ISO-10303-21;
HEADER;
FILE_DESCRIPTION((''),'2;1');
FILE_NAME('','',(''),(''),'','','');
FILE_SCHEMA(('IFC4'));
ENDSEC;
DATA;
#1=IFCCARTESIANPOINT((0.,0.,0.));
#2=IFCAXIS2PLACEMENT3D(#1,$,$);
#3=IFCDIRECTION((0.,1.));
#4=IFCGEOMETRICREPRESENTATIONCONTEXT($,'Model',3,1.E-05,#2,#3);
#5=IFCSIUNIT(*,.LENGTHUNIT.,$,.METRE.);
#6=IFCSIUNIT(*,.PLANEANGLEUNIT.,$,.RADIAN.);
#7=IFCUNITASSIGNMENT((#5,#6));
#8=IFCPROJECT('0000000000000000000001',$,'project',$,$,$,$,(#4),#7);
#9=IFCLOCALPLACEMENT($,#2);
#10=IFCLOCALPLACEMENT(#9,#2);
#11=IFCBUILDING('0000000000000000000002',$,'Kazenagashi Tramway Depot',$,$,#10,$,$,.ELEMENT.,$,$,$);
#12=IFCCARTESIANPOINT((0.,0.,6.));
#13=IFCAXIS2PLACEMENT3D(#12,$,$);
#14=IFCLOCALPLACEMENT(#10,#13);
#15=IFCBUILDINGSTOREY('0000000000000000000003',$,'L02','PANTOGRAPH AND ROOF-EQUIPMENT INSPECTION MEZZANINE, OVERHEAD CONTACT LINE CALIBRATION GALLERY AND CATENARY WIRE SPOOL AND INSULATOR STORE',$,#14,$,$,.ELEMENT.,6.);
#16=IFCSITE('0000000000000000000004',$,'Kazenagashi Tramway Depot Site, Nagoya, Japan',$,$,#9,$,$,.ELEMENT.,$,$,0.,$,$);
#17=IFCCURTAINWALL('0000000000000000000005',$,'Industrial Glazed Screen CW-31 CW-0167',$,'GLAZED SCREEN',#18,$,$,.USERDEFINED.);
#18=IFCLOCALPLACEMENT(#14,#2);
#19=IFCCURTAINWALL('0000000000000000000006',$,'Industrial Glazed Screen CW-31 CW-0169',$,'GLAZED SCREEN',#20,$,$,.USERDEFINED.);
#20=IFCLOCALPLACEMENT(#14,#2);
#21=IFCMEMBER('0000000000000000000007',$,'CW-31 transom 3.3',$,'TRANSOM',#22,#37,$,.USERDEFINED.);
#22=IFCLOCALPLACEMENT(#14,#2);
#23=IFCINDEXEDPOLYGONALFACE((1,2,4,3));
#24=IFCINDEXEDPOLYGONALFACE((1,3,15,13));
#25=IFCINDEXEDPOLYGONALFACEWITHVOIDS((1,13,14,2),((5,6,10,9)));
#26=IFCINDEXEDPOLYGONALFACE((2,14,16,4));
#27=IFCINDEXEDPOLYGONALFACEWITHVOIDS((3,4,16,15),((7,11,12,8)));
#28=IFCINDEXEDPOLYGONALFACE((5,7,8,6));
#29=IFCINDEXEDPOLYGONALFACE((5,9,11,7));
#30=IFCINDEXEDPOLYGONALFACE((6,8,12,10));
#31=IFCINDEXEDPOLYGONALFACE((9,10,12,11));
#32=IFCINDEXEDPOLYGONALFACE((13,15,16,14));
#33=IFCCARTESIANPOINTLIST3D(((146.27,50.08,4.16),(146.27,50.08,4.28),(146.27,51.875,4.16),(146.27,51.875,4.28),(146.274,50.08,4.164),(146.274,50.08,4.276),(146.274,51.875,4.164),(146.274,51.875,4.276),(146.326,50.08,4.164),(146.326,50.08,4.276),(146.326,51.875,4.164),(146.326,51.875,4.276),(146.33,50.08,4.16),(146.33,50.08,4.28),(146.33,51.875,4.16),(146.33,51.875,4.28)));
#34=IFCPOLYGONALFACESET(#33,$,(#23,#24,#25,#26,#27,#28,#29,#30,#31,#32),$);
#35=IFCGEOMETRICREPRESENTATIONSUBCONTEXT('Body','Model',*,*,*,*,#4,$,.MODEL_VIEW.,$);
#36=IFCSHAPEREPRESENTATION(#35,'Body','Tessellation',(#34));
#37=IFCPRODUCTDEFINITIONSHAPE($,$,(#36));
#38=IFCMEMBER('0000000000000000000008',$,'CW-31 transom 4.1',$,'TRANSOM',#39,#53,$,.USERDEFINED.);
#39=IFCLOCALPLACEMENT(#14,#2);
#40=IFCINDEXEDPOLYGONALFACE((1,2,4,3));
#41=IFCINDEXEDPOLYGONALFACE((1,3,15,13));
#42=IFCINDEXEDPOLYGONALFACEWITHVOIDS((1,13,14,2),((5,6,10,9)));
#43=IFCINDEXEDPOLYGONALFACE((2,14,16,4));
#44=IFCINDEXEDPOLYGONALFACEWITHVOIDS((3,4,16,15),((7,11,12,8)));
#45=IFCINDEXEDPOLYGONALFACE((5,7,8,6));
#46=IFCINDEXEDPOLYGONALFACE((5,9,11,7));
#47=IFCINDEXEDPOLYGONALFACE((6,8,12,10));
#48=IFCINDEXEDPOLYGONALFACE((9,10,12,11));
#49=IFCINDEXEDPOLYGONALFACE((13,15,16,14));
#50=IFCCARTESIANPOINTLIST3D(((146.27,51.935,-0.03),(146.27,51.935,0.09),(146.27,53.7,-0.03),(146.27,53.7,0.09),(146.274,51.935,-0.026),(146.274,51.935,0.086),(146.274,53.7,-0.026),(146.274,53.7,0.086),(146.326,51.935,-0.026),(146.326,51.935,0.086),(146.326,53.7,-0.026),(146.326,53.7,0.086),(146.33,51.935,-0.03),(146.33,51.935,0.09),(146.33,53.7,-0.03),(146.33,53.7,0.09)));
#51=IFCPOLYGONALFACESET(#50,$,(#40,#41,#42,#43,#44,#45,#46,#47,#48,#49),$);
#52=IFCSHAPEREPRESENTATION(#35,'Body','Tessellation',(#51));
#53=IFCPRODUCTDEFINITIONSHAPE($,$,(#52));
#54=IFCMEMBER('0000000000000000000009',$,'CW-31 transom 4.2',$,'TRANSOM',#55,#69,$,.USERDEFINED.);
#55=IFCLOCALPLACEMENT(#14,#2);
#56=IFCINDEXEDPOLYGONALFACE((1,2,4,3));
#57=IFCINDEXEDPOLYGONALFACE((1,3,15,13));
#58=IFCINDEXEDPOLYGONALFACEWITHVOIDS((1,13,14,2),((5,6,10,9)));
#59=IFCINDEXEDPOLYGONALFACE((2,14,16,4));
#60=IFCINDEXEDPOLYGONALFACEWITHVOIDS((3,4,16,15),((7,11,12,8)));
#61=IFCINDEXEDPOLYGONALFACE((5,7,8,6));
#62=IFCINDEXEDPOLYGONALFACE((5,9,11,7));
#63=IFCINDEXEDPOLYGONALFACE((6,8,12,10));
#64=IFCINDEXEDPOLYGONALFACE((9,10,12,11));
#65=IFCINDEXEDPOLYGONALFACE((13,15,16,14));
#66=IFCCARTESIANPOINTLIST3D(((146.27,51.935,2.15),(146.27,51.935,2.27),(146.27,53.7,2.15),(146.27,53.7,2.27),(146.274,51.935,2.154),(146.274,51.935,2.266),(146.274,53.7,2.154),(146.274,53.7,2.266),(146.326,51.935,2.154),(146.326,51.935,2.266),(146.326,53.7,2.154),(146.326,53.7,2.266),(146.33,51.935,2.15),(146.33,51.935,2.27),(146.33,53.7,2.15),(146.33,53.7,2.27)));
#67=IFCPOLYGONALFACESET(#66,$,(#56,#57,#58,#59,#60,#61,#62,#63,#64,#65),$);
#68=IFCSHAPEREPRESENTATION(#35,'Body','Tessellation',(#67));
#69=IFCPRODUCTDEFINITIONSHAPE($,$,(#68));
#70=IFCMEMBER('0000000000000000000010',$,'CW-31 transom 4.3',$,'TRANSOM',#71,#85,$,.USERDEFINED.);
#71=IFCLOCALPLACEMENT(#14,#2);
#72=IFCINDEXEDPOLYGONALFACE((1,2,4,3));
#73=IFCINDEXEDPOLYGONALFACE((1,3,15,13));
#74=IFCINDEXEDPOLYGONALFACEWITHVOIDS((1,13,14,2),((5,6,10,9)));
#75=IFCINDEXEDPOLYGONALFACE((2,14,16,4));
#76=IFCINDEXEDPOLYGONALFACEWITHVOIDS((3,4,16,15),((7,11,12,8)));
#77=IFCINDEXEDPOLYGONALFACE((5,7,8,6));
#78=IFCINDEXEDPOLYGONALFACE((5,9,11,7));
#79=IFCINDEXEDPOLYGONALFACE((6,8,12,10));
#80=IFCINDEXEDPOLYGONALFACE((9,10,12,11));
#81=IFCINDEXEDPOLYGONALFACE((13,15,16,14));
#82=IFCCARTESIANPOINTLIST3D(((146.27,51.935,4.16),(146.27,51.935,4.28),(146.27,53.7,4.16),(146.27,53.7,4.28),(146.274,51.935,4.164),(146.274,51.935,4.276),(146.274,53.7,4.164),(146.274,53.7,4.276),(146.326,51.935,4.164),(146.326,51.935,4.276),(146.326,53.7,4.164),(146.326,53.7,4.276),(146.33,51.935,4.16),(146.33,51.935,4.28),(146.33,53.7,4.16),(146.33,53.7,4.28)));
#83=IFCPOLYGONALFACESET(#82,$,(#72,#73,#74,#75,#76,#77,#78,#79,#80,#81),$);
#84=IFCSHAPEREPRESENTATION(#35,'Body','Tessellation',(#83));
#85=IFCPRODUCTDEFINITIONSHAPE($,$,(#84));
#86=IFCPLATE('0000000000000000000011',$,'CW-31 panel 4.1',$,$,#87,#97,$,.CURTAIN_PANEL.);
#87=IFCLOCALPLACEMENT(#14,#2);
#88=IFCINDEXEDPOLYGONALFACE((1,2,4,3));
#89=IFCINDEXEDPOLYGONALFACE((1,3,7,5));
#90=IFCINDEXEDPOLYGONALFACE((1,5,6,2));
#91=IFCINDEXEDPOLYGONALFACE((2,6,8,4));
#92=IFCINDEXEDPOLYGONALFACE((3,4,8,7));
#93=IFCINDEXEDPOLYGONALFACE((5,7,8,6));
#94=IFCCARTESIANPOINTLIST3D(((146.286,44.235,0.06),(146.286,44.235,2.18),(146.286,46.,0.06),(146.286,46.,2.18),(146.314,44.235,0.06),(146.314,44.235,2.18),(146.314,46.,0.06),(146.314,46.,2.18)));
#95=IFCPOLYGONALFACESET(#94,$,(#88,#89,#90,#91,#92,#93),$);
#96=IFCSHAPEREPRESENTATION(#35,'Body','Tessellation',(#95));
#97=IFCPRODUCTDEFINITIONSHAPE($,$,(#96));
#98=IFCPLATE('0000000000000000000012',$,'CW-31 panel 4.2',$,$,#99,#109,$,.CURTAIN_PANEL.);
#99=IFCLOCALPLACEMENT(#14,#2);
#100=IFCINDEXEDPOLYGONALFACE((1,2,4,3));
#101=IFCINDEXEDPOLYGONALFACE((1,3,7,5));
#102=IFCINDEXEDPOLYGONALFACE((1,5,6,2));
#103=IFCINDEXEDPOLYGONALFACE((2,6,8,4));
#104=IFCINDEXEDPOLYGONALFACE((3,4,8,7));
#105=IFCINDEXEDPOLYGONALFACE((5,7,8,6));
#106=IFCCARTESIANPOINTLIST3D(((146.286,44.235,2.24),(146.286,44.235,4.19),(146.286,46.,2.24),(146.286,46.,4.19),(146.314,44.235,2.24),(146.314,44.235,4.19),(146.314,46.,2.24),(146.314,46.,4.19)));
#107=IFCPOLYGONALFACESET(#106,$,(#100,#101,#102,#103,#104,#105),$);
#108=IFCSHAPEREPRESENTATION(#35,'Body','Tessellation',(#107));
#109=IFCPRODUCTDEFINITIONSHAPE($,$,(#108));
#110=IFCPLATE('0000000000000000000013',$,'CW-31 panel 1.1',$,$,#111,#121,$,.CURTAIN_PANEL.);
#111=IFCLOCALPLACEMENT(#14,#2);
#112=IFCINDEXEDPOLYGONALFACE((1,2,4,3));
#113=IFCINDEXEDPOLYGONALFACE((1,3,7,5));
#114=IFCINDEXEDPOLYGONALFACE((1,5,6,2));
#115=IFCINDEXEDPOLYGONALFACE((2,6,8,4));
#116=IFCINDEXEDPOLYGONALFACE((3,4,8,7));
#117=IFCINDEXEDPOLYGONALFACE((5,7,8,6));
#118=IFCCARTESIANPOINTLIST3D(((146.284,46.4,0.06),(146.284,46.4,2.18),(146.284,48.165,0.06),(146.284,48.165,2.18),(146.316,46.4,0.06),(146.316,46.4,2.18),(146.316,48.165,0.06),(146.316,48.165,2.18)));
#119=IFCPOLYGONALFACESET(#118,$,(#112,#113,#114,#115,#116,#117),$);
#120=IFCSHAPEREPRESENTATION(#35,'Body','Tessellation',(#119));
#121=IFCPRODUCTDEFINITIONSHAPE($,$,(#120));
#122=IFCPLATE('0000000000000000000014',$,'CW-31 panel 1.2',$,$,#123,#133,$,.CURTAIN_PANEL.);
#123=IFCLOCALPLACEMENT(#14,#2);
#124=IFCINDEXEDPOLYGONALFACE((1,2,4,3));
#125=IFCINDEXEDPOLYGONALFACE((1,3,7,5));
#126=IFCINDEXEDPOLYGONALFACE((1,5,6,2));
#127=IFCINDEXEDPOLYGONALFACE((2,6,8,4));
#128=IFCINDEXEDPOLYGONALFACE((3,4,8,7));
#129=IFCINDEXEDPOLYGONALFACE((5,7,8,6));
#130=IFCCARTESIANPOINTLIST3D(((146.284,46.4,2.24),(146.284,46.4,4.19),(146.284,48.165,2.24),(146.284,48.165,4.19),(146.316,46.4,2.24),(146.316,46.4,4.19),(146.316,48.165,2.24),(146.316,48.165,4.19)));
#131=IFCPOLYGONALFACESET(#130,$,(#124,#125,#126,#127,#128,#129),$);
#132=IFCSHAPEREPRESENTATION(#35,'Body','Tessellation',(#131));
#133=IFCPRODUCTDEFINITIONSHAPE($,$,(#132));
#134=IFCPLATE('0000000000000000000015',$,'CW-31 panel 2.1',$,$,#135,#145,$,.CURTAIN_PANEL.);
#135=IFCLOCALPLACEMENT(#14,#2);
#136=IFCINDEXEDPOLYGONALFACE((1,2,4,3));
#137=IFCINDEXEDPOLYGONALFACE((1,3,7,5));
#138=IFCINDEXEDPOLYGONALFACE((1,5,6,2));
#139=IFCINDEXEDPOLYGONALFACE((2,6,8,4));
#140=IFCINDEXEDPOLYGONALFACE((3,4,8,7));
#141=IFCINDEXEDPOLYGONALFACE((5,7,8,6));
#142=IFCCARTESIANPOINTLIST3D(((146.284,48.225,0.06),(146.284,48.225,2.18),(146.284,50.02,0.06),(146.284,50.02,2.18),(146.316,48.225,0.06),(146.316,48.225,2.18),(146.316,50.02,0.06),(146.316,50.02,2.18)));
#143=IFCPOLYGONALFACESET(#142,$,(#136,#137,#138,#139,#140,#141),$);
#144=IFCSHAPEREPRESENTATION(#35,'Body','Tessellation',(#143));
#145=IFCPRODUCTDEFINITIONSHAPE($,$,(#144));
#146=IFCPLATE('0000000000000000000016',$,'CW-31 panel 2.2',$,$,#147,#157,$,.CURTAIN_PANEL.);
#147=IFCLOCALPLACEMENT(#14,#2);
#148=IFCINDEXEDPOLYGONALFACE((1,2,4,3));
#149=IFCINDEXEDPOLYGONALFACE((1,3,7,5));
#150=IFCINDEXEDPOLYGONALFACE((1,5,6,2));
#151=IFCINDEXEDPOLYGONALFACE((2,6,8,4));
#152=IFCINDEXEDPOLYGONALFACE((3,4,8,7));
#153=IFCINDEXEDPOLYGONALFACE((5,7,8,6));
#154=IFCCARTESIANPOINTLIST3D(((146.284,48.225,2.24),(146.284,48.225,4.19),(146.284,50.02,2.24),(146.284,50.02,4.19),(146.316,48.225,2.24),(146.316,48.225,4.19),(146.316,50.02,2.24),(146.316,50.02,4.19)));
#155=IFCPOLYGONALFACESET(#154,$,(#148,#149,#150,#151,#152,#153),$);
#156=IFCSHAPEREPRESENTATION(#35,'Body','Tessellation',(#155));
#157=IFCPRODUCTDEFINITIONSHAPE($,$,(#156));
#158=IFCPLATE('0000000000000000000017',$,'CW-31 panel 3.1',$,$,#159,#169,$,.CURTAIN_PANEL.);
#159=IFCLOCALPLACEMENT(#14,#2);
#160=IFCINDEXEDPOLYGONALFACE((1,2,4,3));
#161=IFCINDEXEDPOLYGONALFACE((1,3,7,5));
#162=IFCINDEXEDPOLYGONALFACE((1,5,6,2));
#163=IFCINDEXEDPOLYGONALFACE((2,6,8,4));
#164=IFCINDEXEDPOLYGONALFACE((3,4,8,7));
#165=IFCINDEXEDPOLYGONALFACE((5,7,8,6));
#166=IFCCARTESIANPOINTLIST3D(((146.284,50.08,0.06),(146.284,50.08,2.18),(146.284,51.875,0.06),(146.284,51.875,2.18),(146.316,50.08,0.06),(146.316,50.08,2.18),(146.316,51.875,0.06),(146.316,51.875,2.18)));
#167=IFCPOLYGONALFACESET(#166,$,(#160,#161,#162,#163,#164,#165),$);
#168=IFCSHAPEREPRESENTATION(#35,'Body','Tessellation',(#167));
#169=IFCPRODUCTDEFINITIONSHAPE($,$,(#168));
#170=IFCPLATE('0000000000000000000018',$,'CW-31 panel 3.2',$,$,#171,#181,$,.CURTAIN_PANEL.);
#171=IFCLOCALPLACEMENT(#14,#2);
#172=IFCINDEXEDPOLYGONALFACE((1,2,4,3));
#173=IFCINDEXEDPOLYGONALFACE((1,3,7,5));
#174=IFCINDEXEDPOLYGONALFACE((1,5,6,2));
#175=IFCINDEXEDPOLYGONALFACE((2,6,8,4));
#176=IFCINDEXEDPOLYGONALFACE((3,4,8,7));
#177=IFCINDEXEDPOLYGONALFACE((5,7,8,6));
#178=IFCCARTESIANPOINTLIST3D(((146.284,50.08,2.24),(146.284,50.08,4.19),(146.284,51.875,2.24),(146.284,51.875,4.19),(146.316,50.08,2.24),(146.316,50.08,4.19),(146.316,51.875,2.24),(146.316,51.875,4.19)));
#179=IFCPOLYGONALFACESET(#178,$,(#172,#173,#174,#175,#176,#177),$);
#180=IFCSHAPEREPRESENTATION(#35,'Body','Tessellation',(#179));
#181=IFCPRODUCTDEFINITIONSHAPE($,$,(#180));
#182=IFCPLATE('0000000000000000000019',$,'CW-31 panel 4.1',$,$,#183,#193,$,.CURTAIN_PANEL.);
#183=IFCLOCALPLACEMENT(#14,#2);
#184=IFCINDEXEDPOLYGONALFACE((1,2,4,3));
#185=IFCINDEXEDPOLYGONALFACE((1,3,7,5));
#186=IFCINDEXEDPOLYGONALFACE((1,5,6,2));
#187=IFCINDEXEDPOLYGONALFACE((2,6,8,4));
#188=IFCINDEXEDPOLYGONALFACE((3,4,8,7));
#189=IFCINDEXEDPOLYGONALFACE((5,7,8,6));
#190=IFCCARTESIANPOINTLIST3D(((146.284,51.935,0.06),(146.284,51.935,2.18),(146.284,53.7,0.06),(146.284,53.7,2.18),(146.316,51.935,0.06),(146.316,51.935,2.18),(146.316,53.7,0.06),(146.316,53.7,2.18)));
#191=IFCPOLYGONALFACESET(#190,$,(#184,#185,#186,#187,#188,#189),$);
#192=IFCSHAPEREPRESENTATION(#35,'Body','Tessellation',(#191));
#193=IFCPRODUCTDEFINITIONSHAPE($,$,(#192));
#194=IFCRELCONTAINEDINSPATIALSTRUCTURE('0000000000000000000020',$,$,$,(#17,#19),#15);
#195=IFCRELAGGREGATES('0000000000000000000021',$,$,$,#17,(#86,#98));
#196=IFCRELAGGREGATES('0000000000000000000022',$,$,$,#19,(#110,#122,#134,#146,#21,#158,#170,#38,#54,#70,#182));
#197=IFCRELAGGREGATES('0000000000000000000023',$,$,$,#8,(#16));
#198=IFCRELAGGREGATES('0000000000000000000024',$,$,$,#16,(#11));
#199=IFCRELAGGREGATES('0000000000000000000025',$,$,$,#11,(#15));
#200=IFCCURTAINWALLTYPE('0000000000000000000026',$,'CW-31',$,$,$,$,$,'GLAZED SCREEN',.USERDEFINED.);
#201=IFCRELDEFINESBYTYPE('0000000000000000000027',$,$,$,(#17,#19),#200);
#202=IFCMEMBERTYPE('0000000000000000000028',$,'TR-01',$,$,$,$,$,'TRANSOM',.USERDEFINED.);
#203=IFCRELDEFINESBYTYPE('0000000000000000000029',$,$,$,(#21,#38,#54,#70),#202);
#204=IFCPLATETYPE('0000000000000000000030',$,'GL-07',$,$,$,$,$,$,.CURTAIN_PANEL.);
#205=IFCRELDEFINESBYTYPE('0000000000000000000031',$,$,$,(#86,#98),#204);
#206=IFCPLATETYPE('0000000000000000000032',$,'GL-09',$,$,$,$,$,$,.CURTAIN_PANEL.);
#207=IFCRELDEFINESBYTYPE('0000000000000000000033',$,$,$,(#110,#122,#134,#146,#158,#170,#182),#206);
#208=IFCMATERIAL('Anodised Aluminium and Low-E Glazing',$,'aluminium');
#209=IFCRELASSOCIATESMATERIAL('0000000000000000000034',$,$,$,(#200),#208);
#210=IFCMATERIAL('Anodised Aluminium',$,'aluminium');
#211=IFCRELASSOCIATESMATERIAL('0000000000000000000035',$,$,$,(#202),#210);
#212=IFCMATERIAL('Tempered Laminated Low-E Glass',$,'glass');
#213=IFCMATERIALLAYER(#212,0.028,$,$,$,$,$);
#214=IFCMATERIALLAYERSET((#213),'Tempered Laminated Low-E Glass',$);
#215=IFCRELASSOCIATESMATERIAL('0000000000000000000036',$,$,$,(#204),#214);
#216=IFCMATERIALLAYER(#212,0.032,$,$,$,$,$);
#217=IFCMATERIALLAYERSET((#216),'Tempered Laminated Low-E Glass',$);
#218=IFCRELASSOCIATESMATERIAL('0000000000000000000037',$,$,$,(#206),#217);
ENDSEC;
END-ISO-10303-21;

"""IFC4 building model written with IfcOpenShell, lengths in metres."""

from ifc_helpers import new_model, si_unit, direction, frame, origin, origin_2d, place, context, subcontext, project, spatial, rectangle, hollow_rectangle, extrude, material, layer, layer_set, material_profile, profile_set, type_object, element, aggregate, save


model = new_model("IFC4")

# Units and contexts
model_context = context("Model", 3, precision=1e-05, world=origin(), true_north=direction((0.0, 1.0)))
body_context = subcontext(model_context, "Body", "Model", "MODEL_VIEW")
ifc_project = project(units=[si_unit("LENGTHUNIT", "METRE"), si_unit("PLANEANGLEUNIT", "RADIAN")], contexts=[model_context])

# Site, building, storey
site_placement = place(None, origin())
site = spatial("IfcSite", under=ifc_project, at=site_placement, Name="Kazenagashi Tramway Depot Site, Nagoya, Japan", CompositionType="ELEMENT", RefElevation=0.0)
building_placement = place(site_placement, origin())
building = spatial("IfcBuilding", under=site, at=building_placement, Name="Kazenagashi Tramway Depot", CompositionType="ELEMENT")
storey_placement = place(building_placement, frame((0.0, 0.0, 6.0)))
storey = spatial("IfcBuildingStorey", under=building, at=storey_placement, Name="L02", Description="PANTOGRAPH AND ROOF-EQUIPMENT INSPECTION MEZZANINE, OVERHEAD CONTACT LINE CALIBRATION GALLERY AND CATENARY WIRE SPOOL AND INSULATOR STORE", CompositionType="ELEMENT", Elevation=6.0)

# Curtain wall
ifc_material_1 = material(Name="Anodised Aluminium and Low-E Glazing", Category="aluminium")
curtain_wall_type = type_object("IfcCurtainWallType", Name="CW-31", ElementType="GLAZED SCREEN", PredefinedType="USERDEFINED", material=ifc_material_1)
curtain_wall_1_placement = place(storey_placement, origin())
curtain_wall_1 = element("IfcCurtainWall", 1, at=curtain_wall_1_placement, inside=storey, type_object=curtain_wall_type, Name="Industrial Glazed Screen CW-31 CW-0167", ObjectType="GLAZED SCREEN", PredefinedType="USERDEFINED")
ifc_material_2 = material(Name="Anodised Aluminium", Category="aluminium")

# Curtain wall
curtain_wall_2_placement = place(storey_placement, origin())
curtain_wall_2 = element("IfcCurtainWall", 2, at=curtain_wall_2_placement, inside=storey, type_object=curtain_wall_type, Name="Industrial Glazed Screen CW-31 CW-0169", ObjectType="GLAZED SCREEN", PredefinedType="USERDEFINED")

# Members
ifc_material_profile_1 = material_profile(ifc_material_2, hollow_rectangle(XDim=0.06, YDim=0.12, WallThickness=0.004, at=origin_2d()), Name="RHS-120x60x4")
ifc_profile_set_1 = profile_set([ifc_material_profile_1], Name="Anodised Aluminium")
member_type_1 = type_object("IfcMemberType", Name="TR-01", ElementType="TRANSOM", PredefinedType="USERDEFINED", material=ifc_profile_set_1)
member_1_placement = place(storey_placement, frame((146.3, 50.08, 4.22), z_axis=(0.0, 1.0, 0.0), x_axis=(-1.0, 0.0, 0.0)))
member_1 = element("IfcMember", 3, at=member_1_placement, type_object=member_type_1, Name="CW-31 transom 3.3", ObjectType="TRANSOM", PredefinedType="USERDEFINED", context=body_context, shape_type="SweptSolid", body=[
    extrude(hollow_rectangle(XDim=0.06, YDim=0.12, WallThickness=0.004, at=origin_2d()), origin(), (0.0, 0.0, 1.0), 1.795),
])
member_2_placement = place(storey_placement, frame((146.3, 51.935, 0.03), z_axis=(0.0, 1.0, 0.0), x_axis=(-1.0, 0.0, 0.0)))
member_2 = element("IfcMember", 4, at=member_2_placement, type_object=member_type_1, Name="CW-31 transom 4.1", ObjectType="TRANSOM", PredefinedType="USERDEFINED", context=body_context, shape_type="SweptSolid", body=[
    extrude(hollow_rectangle(XDim=0.06, YDim=0.12, WallThickness=0.004, at=origin_2d()), origin(), (0.0, 0.0, 1.0), 1.765),
])
member_3_placement = place(storey_placement, frame((146.3, 51.935, 2.21), z_axis=(0.0, 1.0, 0.0), x_axis=(-1.0, 0.0, 0.0)))
member_3 = element("IfcMember", 5, at=member_3_placement, type_object=member_type_1, Name="CW-31 transom 4.2", ObjectType="TRANSOM", PredefinedType="USERDEFINED", context=body_context, shape_type="SweptSolid", body=[
    extrude(hollow_rectangle(XDim=0.06, YDim=0.12, WallThickness=0.004, at=origin_2d()), origin(), (0.0, 0.0, 1.0), 1.765),
])
member_4_placement = place(storey_placement, frame((146.3, 51.935, 4.22), z_axis=(0.0, 1.0, 0.0), x_axis=(-1.0, 0.0, 0.0)))
member_4 = element("IfcMember", 6, at=member_4_placement, type_object=member_type_1, Name="CW-31 transom 4.3", ObjectType="TRANSOM", PredefinedType="USERDEFINED", context=body_context, shape_type="SweptSolid", body=[
    extrude(hollow_rectangle(XDim=0.06, YDim=0.12, WallThickness=0.004, at=origin_2d()), origin(), (0.0, 0.0, 1.0), 1.765),
])

# Plates
ifc_material_3 = material(Name="Tempered Laminated Low-E Glass", Category="glass")
ifc_layer_1 = layer(ifc_material_3, 0.028)
ifc_layer_set_1 = layer_set([ifc_layer_1], Name="Tempered Laminated Low-E Glass")
plate_type_1 = type_object("IfcPlateType", Name="GL-07", PredefinedType="CURTAIN_PANEL", material=ifc_layer_set_1)
plate_1_placement = place(storey_placement, frame((146.3, 45.1175, 0.06), z_axis=(0.0, 0.0, 1.0), x_axis=(0.0, 1.0, 0.0)))
plate_1 = element("IfcPlate", 7, at=plate_1_placement, type_object=plate_type_1, Name="CW-31 panel 4.1", PredefinedType="CURTAIN_PANEL", context=body_context, shape_type="SweptSolid", body=[
    extrude(rectangle(XDim=1.765, YDim=0.028, at=origin_2d()), origin(), (0.0, 0.0, 1.0), 2.12),
])
plate_2_placement = place(storey_placement, frame((146.3, 45.1175, 2.24), z_axis=(0.0, 0.0, 1.0), x_axis=(0.0, 1.0, 0.0)))
plate_2 = element("IfcPlate", 8, at=plate_2_placement, type_object=plate_type_1, Name="CW-31 panel 4.2", PredefinedType="CURTAIN_PANEL", context=body_context, shape_type="SweptSolid", body=[
    extrude(rectangle(XDim=1.765, YDim=0.028, at=origin_2d()), origin(), (0.0, 0.0, 1.0), 1.95),
])
aggregate(curtain_wall_1, [plate_1, plate_2])
ifc_layer_2 = layer(ifc_material_3, 0.032)
ifc_layer_set_2 = layer_set([ifc_layer_2], Name="Tempered Laminated Low-E Glass")
plate_type_2 = type_object("IfcPlateType", Name="GL-09", PredefinedType="CURTAIN_PANEL", material=ifc_layer_set_2)
plate_3_placement = place(storey_placement, frame((146.3, 47.2825, 0.06), z_axis=(0.0, 0.0, 1.0), x_axis=(0.0, 1.0, 0.0)))
plate_3 = element("IfcPlate", 9, at=plate_3_placement, type_object=plate_type_2, Name="CW-31 panel 1.1", PredefinedType="CURTAIN_PANEL", context=body_context, shape_type="SweptSolid", body=[
    extrude(rectangle(XDim=1.765, YDim=0.032, at=origin_2d()), origin(), (0.0, 0.0, 1.0), 2.12),
])
plate_4_placement = place(storey_placement, frame((146.3, 47.2825, 2.24), z_axis=(0.0, 0.0, 1.0), x_axis=(0.0, 1.0, 0.0)))
plate_4 = element("IfcPlate", 10, at=plate_4_placement, type_object=plate_type_2, Name="CW-31 panel 1.2", PredefinedType="CURTAIN_PANEL", context=body_context, shape_type="SweptSolid", body=[
    extrude(rectangle(XDim=1.765, YDim=0.032, at=origin_2d()), origin(), (0.0, 0.0, 1.0), 1.95),
])
plate_5_placement = place(storey_placement, frame((146.3, 49.1225, 0.06), z_axis=(0.0, 0.0, 1.0), x_axis=(0.0, 1.0, 0.0)))
plate_5 = element("IfcPlate", 11, at=plate_5_placement, type_object=plate_type_2, Name="CW-31 panel 2.1", PredefinedType="CURTAIN_PANEL", context=body_context, shape_type="SweptSolid", body=[
    extrude(rectangle(XDim=1.795, YDim=0.032, at=origin_2d()), origin(), (0.0, 0.0, 1.0), 2.12),
])
plate_6_placement = place(storey_placement, frame((146.3, 49.1225, 2.24), z_axis=(0.0, 0.0, 1.0), x_axis=(0.0, 1.0, 0.0)))
plate_6 = element("IfcPlate", 12, at=plate_6_placement, type_object=plate_type_2, Name="CW-31 panel 2.2", PredefinedType="CURTAIN_PANEL", context=body_context, shape_type="SweptSolid", body=[
    extrude(rectangle(XDim=1.795, YDim=0.032, at=origin_2d()), origin(), (0.0, 0.0, 1.0), 1.95),
])
plate_7_placement = place(storey_placement, frame((146.3, 50.9775, 0.06), z_axis=(0.0, 0.0, 1.0), x_axis=(0.0, 1.0, 0.0)))
plate_7 = element("IfcPlate", 13, at=plate_7_placement, type_object=plate_type_2, Name="CW-31 panel 3.1", PredefinedType="CURTAIN_PANEL", context=body_context, shape_type="SweptSolid", body=[
    extrude(rectangle(XDim=1.795, YDim=0.032, at=origin_2d()), origin(), (0.0, 0.0, 1.0), 2.12),
])
plate_8_placement = place(storey_placement, frame((146.3, 50.9775, 2.24), z_axis=(0.0, 0.0, 1.0), x_axis=(0.0, 1.0, 0.0)))
plate_8 = element("IfcPlate", 14, at=plate_8_placement, type_object=plate_type_2, Name="CW-31 panel 3.2", PredefinedType="CURTAIN_PANEL", context=body_context, shape_type="SweptSolid", body=[
    extrude(rectangle(XDim=1.795, YDim=0.032, at=origin_2d()), origin(), (0.0, 0.0, 1.0), 1.95),
])
plate_9_placement = place(storey_placement, frame((146.3, 52.8175, 0.06), z_axis=(0.0, 0.0, 1.0), x_axis=(0.0, 1.0, 0.0)))
plate_9 = element("IfcPlate", 15, at=plate_9_placement, type_object=plate_type_2, Name="CW-31 panel 4.1", PredefinedType="CURTAIN_PANEL", context=body_context, shape_type="SweptSolid", body=[
    extrude(rectangle(XDim=1.765, YDim=0.032, at=origin_2d()), origin(), (0.0, 0.0, 1.0), 2.12),
])
aggregate(curtain_wall_2, [plate_3, plate_4, plate_5, plate_6, member_1, plate_7, plate_8, member_2, member_3, member_4, plate_9])

save(model, "model.ifc")
